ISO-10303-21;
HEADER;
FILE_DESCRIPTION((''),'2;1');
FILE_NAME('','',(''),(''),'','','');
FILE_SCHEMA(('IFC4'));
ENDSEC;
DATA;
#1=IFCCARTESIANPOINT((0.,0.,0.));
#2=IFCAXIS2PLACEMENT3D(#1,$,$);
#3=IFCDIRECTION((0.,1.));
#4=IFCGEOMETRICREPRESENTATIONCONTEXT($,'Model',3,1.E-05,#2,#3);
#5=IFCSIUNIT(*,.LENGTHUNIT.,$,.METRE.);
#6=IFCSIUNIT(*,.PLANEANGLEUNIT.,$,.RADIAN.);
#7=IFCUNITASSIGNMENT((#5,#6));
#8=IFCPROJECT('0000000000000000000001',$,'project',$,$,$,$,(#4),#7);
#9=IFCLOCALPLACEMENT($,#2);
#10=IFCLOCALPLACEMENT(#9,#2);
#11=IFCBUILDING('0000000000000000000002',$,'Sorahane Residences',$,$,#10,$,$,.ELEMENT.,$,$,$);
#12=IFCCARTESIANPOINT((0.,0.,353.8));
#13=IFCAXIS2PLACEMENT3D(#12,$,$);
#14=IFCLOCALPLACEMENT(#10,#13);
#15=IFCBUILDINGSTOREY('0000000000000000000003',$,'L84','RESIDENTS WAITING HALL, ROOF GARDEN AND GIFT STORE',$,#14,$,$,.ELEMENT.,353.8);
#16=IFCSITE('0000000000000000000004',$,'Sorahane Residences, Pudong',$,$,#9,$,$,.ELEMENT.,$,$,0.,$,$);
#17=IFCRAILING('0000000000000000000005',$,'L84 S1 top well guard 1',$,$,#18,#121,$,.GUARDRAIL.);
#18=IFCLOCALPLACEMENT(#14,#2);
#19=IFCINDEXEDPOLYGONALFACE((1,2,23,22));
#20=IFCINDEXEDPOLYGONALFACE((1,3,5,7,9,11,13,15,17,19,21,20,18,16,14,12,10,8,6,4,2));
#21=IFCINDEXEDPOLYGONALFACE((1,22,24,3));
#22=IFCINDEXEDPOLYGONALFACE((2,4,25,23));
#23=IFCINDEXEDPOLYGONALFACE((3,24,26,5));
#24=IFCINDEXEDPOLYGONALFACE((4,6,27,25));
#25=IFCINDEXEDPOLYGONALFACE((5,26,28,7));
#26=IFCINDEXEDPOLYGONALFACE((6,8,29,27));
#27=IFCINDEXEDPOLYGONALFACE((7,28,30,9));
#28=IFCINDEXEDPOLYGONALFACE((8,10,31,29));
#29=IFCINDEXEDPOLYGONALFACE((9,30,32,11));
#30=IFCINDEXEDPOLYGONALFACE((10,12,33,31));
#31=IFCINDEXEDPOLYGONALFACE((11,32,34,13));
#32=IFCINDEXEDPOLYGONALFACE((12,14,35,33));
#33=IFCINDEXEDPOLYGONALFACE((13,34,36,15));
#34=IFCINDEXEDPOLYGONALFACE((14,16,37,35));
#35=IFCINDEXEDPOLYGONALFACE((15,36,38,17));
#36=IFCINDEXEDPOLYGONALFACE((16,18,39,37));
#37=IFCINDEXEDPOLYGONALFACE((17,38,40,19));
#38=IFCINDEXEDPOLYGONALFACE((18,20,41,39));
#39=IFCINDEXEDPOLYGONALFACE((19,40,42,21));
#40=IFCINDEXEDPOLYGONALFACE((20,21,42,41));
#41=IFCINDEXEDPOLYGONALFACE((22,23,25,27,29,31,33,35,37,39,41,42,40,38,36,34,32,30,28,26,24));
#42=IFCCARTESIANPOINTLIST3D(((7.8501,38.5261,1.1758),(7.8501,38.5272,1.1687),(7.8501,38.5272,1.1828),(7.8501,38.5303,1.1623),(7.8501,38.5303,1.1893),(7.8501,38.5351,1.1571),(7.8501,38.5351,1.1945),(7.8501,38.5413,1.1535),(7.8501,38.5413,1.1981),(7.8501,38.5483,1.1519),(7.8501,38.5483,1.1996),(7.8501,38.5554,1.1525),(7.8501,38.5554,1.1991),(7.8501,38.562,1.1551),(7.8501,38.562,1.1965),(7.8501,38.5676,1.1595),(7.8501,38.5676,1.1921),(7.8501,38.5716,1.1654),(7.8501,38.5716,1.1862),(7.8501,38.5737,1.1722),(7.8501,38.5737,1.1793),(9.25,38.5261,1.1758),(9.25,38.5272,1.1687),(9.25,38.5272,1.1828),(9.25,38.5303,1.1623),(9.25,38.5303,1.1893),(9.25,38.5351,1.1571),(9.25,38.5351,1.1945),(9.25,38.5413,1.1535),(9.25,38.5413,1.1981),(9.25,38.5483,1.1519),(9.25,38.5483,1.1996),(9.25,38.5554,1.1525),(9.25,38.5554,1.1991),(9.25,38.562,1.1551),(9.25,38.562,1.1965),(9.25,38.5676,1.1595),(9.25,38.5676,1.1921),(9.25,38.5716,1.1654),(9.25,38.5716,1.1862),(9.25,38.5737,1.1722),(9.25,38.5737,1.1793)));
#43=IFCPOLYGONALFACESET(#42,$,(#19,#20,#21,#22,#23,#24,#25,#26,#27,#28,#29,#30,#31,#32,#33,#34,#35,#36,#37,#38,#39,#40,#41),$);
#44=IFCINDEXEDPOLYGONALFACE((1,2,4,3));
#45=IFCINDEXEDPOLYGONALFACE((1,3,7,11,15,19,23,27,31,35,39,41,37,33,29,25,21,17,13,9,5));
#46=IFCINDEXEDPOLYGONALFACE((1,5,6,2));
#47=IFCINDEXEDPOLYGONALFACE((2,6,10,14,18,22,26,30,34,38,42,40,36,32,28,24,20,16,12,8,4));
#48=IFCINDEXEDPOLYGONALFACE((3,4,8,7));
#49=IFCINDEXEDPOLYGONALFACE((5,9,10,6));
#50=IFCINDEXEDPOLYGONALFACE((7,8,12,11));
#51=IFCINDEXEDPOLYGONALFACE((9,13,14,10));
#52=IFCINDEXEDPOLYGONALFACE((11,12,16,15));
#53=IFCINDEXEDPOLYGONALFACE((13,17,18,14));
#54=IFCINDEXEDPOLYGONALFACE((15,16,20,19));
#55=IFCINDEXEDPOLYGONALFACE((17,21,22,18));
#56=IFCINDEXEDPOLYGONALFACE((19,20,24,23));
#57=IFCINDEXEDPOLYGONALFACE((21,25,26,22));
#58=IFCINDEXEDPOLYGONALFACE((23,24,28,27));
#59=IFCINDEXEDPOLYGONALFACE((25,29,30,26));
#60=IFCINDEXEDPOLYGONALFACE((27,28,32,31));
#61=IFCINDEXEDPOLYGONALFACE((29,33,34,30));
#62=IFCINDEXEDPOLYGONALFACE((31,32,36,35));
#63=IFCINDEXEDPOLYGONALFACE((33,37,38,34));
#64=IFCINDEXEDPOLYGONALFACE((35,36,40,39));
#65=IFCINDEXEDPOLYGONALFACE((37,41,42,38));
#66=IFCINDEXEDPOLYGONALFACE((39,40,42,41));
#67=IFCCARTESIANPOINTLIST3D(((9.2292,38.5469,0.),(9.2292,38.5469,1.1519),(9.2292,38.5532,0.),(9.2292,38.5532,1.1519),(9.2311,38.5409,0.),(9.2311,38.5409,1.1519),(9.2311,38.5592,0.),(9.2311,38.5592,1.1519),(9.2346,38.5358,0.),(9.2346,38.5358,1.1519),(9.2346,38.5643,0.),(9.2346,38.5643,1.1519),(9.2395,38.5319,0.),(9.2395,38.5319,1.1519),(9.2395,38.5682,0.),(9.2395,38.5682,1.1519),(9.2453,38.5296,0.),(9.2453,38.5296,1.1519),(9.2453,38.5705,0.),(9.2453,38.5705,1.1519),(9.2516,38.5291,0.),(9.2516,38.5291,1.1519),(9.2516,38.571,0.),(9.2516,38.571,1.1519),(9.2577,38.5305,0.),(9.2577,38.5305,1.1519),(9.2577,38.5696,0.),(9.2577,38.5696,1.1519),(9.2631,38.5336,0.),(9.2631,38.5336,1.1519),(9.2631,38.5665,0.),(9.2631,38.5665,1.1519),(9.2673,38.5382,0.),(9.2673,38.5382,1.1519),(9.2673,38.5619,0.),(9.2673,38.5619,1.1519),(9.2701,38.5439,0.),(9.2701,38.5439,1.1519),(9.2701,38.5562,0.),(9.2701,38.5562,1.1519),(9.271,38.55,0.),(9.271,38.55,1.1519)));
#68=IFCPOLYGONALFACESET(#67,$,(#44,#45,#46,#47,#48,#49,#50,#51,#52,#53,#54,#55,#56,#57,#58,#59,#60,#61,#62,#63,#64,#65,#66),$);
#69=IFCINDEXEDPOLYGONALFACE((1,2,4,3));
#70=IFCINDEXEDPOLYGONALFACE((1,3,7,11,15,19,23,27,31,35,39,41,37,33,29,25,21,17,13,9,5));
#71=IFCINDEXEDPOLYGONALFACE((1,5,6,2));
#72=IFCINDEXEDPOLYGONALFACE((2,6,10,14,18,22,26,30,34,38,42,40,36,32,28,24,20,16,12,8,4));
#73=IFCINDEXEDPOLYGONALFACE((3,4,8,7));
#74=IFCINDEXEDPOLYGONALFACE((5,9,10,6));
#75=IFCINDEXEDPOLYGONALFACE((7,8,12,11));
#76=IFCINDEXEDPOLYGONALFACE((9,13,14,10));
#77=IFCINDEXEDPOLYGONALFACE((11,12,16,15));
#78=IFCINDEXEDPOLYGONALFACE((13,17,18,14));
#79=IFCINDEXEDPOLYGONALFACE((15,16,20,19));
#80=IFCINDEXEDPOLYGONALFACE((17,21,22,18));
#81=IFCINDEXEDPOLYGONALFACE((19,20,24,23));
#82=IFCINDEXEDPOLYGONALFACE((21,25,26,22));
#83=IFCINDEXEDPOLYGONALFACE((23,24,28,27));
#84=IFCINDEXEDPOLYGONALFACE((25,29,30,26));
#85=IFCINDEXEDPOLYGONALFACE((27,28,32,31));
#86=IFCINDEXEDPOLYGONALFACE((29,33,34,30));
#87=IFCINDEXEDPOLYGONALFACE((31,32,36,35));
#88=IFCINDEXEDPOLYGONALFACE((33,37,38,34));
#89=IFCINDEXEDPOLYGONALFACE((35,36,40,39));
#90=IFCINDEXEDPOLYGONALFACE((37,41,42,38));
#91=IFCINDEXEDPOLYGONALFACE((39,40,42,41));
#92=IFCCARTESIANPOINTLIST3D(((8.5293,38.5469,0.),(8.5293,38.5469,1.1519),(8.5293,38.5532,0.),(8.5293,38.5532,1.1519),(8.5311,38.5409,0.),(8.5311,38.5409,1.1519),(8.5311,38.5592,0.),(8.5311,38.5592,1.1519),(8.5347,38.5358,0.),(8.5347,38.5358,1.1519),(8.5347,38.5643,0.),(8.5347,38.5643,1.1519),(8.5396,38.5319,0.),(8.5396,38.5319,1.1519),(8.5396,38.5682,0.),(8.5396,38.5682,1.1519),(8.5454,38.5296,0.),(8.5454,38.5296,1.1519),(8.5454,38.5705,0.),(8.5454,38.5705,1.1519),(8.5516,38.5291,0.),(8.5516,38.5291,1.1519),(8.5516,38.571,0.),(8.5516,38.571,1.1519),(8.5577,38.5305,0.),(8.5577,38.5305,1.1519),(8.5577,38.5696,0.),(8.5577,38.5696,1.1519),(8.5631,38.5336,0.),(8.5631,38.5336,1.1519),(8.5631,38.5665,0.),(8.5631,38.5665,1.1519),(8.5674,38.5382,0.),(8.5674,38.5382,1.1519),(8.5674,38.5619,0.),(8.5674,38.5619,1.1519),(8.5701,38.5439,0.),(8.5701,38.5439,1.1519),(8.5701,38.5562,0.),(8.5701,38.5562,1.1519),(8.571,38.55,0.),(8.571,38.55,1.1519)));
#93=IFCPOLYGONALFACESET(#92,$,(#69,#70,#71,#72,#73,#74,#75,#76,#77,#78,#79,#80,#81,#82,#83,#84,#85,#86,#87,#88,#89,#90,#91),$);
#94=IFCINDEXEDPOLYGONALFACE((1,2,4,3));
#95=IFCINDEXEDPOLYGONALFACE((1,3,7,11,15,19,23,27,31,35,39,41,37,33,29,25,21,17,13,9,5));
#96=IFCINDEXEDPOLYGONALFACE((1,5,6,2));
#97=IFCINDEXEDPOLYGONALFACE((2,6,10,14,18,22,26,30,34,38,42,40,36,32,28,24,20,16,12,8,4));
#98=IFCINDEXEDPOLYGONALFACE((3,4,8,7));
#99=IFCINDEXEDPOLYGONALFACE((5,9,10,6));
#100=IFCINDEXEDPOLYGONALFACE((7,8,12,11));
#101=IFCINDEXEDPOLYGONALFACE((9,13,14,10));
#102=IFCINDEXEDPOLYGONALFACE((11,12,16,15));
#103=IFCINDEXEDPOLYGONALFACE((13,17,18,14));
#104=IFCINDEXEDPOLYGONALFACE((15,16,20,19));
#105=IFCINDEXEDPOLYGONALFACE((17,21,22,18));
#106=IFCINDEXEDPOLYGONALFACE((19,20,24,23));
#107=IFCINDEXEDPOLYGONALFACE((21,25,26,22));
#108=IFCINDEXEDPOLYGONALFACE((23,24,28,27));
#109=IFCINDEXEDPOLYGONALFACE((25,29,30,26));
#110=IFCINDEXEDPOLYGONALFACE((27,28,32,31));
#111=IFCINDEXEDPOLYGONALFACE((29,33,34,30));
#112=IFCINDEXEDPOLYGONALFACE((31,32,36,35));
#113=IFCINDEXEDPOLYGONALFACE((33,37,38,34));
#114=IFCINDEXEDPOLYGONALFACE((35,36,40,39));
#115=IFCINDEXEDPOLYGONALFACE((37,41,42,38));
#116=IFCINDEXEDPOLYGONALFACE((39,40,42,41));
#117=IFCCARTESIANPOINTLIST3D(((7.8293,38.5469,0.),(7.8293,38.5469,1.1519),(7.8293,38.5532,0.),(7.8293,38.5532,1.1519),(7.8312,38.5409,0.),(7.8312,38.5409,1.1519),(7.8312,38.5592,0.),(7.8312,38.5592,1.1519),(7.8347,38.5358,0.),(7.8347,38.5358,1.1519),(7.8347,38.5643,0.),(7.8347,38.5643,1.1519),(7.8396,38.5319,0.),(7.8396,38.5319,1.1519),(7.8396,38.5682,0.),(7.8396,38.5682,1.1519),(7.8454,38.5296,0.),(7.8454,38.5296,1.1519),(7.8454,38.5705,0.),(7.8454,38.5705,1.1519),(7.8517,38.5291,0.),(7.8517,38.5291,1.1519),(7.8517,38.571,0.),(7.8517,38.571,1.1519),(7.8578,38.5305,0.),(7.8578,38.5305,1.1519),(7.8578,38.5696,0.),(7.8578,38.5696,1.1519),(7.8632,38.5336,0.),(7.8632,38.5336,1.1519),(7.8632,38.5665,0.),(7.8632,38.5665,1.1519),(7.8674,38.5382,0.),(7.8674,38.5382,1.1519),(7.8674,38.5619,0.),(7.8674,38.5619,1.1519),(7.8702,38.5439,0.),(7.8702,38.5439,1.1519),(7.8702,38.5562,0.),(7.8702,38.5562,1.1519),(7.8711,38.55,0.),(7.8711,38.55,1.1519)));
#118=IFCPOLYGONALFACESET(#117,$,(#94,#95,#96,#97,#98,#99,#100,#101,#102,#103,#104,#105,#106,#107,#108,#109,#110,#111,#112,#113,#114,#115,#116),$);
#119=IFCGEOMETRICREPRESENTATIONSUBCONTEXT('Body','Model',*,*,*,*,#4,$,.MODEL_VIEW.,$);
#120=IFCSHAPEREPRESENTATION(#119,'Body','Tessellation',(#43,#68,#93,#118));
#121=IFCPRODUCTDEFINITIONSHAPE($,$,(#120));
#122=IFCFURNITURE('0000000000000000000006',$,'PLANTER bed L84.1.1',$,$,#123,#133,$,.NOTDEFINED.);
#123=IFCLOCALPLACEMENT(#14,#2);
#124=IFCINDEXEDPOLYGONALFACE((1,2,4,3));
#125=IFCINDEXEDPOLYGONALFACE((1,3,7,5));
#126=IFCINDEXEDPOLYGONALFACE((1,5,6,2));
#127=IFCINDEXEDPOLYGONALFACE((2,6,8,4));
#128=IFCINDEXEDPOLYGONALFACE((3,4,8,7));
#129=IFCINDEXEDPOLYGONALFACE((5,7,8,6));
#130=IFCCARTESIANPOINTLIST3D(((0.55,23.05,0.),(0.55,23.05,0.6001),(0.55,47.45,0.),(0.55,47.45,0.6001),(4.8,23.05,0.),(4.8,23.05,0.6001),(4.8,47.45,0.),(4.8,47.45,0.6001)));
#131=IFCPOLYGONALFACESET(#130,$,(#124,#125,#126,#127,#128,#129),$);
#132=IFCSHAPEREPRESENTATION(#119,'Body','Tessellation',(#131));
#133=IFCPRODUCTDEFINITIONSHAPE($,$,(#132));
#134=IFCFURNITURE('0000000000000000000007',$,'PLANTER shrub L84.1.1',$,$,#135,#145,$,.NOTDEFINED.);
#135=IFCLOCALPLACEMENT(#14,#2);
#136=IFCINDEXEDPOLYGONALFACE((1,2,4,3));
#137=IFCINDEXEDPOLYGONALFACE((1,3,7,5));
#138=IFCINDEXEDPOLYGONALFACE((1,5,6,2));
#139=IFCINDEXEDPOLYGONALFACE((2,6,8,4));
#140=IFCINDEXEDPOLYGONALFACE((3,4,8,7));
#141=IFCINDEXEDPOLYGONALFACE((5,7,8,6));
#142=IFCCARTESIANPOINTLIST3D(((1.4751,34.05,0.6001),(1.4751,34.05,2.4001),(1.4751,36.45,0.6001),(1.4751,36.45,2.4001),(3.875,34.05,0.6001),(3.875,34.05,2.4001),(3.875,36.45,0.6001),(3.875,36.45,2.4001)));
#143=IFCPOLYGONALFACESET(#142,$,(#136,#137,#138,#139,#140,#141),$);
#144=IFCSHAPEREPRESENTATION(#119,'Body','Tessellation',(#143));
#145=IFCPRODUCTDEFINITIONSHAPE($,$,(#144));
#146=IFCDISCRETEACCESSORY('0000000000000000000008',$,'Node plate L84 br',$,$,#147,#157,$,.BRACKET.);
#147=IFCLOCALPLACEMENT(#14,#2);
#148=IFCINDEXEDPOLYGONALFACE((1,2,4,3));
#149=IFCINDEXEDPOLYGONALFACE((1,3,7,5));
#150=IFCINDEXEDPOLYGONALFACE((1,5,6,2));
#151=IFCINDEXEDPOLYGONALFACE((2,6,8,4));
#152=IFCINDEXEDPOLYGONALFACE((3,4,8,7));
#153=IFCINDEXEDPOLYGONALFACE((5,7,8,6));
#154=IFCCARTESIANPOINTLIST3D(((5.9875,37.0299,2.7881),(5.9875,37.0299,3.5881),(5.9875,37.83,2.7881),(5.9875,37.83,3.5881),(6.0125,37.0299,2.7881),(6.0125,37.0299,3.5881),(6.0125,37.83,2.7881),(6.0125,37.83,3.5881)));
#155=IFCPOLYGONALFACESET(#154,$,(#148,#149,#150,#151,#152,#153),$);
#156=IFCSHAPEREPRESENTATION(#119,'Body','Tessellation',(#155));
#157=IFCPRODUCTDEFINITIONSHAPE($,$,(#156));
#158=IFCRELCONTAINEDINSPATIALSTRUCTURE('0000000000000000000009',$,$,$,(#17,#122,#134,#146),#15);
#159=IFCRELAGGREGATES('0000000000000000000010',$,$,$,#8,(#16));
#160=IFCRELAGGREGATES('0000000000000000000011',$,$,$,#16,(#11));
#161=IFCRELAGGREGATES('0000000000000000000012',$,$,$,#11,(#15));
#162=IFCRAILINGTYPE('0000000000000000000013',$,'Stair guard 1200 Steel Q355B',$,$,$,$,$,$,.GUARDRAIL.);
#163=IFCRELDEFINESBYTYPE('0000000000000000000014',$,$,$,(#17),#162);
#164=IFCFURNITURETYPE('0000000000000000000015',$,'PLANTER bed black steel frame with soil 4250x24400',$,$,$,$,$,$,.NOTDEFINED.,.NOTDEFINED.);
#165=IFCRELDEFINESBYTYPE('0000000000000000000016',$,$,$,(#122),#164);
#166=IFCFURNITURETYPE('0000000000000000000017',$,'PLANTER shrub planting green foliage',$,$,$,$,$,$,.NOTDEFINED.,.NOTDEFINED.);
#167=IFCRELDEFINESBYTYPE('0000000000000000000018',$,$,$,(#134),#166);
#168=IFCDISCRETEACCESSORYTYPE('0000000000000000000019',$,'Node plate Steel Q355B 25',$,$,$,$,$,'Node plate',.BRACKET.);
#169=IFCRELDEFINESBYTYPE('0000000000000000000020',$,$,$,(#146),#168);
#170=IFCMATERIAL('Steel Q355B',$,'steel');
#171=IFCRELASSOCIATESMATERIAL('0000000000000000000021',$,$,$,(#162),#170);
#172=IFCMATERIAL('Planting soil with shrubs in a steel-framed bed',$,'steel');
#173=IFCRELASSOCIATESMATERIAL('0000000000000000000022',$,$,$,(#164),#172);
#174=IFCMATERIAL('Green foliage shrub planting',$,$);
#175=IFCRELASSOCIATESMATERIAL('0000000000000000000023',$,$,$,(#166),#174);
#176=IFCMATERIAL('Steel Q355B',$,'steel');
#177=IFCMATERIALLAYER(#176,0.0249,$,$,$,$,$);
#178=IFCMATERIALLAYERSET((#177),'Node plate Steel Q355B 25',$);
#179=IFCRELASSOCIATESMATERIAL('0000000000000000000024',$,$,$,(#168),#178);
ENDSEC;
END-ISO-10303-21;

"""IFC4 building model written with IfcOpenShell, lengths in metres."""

from ifc_helpers import new_model, si_unit, direction, frame, origin, origin_2d, place, context, subcontext, project, spatial, rectangle, circle, extrude, material, layer, layer_set, type_object, element, save


model = new_model("IFC4")

# Units and contexts
model_context = context("Model", 3, precision=1e-05, world=origin(), true_north=direction((0.0, 1.0)))
body_context = subcontext(model_context, "Body", "Model", "MODEL_VIEW")
ifc_project = project(units=[si_unit("LENGTHUNIT", "METRE"), si_unit("PLANEANGLEUNIT", "RADIAN")], contexts=[model_context])

# Site, building, storey
site_placement = place(None, origin())
site = spatial("IfcSite", under=ifc_project, at=site_placement, Name="Sorahane Residences, Pudong", CompositionType="ELEMENT", RefElevation=0.0)
building_placement = place(site_placement, origin())
building = spatial("IfcBuilding", under=site, at=building_placement, Name="Sorahane Residences", CompositionType="ELEMENT")
storey_placement = place(building_placement, frame((0.0, 0.0, 353.8)))
storey = spatial("IfcBuildingStorey", under=building, at=storey_placement, Name="L84", Description="RESIDENTS WAITING HALL, ROOF GARDEN AND GIFT STORE", CompositionType="ELEMENT", Elevation=353.8)

# Railing
ifc_material_1 = material(Name="Steel Q355B", Category="steel")
railing_type = type_object("IfcRailingType", Name="Stair guard 1200 Steel Q355B", PredefinedType="GUARDRAIL", material=ifc_material_1)
railing_placement = place(storey_placement, frame((9.25, 38.55, 0.0)))
element("IfcRailing", 1, at=railing_placement, inside=storey, type_object=railing_type, Name="L84 S1 top well guard 1", PredefinedType="GUARDRAIL", context=body_context, shape_type="SweptSolid", body=[
    extrude(circle(Radius=0.0239, at=origin_2d()), frame((0.0, 0.0, 1.1758), z_axis=(-1.0, 0.0, 0.0), x_axis=(0.0, -1.0, 0.0)), (0.0, 0.0, 1.0), 1.3999),
    extrude(circle(Radius=0.021, at=origin_2d()), origin(), (0.0, 0.0, 1.0), 1.1519),
    extrude(circle(Radius=0.021, at=origin_2d()), frame((-0.7, 0.0, 0.0)), (0.0, 0.0, 1.0), 1.1519),
    extrude(circle(Radius=0.021, at=origin_2d()), frame((-1.3999, 0.0, 0.0)), (0.0, 0.0, 1.0), 1.1519),
])

# Furniture
ifc_material_2 = material(Name="Planting soil with shrubs in a steel-framed bed", Category="steel")
furniture_type_1 = type_object("IfcFurnitureType", Name="PLANTER bed black steel frame with soil 4250x24400", AssemblyPlace="NOTDEFINED", PredefinedType="NOTDEFINED", material=ifc_material_2)
furniture_1_placement = place(storey_placement, frame((2.675, 35.25, 0.0), z_axis=(0.0, 0.0, 1.0), x_axis=(1.0, 0.0, 0.0)))
element("IfcFurniture", 2, at=furniture_1_placement, inside=storey, type_object=furniture_type_1, Name="PLANTER bed L84.1.1", PredefinedType="NOTDEFINED", context=body_context, shape_type="SweptSolid", body=[
    extrude(rectangle(XDim=4.25, YDim=24.3999, at=origin_2d()), origin(), (0.0, 0.0, 1.0), 0.6001),
])
ifc_material_3 = material(Name="Green foliage shrub planting")
furniture_type_2 = type_object("IfcFurnitureType", Name="PLANTER shrub planting green foliage", AssemblyPlace="NOTDEFINED", PredefinedType="NOTDEFINED", material=ifc_material_3)
furniture_2_placement = place(storey_placement, frame((2.675, 35.25, 0.6001), z_axis=(0.0, 0.0, 1.0), x_axis=(1.0, 0.0, 0.0)))
element("IfcFurniture", 3, at=furniture_2_placement, inside=storey, type_object=furniture_type_2, Name="PLANTER shrub L84.1.1", PredefinedType="NOTDEFINED", context=body_context, shape_type="SweptSolid", body=[
    extrude(rectangle(XDim=2.3999, YDim=2.3999, at=origin_2d()), origin(), (0.0, 0.0, 1.0), 1.8),
])

# Discrete accessory
ifc_material_4 = material(Name="Steel Q355B", Category="steel")
ifc_layer_1 = layer(ifc_material_4, 0.0249)
ifc_layer_set_1 = layer_set([ifc_layer_1], Name="Node plate Steel Q355B 25")
discrete_accessory_type = type_object("IfcDiscreteAccessoryType", Name="Node plate Steel Q355B 25", ElementType="Node plate", PredefinedType="BRACKET", material=ifc_layer_set_1)
discrete_accessory_placement = place(storey_placement, frame((6.0, 37.4299, 2.7881), z_axis=(0.0, 0.0, 1.0), x_axis=(0.0, 1.0, 0.0)))
element("IfcDiscreteAccessory", 4, at=discrete_accessory_placement, inside=storey, type_object=discrete_accessory_type, Name="Node plate L84 br", PredefinedType="BRACKET", context=body_context, shape_type="SweptSolid", body=[
    extrude(rectangle(XDim=0.8, YDim=0.0249, at=origin_2d()), origin(), (0.0, 0.0, 1.0), 0.8),
])

save(model, "model.ifc")
